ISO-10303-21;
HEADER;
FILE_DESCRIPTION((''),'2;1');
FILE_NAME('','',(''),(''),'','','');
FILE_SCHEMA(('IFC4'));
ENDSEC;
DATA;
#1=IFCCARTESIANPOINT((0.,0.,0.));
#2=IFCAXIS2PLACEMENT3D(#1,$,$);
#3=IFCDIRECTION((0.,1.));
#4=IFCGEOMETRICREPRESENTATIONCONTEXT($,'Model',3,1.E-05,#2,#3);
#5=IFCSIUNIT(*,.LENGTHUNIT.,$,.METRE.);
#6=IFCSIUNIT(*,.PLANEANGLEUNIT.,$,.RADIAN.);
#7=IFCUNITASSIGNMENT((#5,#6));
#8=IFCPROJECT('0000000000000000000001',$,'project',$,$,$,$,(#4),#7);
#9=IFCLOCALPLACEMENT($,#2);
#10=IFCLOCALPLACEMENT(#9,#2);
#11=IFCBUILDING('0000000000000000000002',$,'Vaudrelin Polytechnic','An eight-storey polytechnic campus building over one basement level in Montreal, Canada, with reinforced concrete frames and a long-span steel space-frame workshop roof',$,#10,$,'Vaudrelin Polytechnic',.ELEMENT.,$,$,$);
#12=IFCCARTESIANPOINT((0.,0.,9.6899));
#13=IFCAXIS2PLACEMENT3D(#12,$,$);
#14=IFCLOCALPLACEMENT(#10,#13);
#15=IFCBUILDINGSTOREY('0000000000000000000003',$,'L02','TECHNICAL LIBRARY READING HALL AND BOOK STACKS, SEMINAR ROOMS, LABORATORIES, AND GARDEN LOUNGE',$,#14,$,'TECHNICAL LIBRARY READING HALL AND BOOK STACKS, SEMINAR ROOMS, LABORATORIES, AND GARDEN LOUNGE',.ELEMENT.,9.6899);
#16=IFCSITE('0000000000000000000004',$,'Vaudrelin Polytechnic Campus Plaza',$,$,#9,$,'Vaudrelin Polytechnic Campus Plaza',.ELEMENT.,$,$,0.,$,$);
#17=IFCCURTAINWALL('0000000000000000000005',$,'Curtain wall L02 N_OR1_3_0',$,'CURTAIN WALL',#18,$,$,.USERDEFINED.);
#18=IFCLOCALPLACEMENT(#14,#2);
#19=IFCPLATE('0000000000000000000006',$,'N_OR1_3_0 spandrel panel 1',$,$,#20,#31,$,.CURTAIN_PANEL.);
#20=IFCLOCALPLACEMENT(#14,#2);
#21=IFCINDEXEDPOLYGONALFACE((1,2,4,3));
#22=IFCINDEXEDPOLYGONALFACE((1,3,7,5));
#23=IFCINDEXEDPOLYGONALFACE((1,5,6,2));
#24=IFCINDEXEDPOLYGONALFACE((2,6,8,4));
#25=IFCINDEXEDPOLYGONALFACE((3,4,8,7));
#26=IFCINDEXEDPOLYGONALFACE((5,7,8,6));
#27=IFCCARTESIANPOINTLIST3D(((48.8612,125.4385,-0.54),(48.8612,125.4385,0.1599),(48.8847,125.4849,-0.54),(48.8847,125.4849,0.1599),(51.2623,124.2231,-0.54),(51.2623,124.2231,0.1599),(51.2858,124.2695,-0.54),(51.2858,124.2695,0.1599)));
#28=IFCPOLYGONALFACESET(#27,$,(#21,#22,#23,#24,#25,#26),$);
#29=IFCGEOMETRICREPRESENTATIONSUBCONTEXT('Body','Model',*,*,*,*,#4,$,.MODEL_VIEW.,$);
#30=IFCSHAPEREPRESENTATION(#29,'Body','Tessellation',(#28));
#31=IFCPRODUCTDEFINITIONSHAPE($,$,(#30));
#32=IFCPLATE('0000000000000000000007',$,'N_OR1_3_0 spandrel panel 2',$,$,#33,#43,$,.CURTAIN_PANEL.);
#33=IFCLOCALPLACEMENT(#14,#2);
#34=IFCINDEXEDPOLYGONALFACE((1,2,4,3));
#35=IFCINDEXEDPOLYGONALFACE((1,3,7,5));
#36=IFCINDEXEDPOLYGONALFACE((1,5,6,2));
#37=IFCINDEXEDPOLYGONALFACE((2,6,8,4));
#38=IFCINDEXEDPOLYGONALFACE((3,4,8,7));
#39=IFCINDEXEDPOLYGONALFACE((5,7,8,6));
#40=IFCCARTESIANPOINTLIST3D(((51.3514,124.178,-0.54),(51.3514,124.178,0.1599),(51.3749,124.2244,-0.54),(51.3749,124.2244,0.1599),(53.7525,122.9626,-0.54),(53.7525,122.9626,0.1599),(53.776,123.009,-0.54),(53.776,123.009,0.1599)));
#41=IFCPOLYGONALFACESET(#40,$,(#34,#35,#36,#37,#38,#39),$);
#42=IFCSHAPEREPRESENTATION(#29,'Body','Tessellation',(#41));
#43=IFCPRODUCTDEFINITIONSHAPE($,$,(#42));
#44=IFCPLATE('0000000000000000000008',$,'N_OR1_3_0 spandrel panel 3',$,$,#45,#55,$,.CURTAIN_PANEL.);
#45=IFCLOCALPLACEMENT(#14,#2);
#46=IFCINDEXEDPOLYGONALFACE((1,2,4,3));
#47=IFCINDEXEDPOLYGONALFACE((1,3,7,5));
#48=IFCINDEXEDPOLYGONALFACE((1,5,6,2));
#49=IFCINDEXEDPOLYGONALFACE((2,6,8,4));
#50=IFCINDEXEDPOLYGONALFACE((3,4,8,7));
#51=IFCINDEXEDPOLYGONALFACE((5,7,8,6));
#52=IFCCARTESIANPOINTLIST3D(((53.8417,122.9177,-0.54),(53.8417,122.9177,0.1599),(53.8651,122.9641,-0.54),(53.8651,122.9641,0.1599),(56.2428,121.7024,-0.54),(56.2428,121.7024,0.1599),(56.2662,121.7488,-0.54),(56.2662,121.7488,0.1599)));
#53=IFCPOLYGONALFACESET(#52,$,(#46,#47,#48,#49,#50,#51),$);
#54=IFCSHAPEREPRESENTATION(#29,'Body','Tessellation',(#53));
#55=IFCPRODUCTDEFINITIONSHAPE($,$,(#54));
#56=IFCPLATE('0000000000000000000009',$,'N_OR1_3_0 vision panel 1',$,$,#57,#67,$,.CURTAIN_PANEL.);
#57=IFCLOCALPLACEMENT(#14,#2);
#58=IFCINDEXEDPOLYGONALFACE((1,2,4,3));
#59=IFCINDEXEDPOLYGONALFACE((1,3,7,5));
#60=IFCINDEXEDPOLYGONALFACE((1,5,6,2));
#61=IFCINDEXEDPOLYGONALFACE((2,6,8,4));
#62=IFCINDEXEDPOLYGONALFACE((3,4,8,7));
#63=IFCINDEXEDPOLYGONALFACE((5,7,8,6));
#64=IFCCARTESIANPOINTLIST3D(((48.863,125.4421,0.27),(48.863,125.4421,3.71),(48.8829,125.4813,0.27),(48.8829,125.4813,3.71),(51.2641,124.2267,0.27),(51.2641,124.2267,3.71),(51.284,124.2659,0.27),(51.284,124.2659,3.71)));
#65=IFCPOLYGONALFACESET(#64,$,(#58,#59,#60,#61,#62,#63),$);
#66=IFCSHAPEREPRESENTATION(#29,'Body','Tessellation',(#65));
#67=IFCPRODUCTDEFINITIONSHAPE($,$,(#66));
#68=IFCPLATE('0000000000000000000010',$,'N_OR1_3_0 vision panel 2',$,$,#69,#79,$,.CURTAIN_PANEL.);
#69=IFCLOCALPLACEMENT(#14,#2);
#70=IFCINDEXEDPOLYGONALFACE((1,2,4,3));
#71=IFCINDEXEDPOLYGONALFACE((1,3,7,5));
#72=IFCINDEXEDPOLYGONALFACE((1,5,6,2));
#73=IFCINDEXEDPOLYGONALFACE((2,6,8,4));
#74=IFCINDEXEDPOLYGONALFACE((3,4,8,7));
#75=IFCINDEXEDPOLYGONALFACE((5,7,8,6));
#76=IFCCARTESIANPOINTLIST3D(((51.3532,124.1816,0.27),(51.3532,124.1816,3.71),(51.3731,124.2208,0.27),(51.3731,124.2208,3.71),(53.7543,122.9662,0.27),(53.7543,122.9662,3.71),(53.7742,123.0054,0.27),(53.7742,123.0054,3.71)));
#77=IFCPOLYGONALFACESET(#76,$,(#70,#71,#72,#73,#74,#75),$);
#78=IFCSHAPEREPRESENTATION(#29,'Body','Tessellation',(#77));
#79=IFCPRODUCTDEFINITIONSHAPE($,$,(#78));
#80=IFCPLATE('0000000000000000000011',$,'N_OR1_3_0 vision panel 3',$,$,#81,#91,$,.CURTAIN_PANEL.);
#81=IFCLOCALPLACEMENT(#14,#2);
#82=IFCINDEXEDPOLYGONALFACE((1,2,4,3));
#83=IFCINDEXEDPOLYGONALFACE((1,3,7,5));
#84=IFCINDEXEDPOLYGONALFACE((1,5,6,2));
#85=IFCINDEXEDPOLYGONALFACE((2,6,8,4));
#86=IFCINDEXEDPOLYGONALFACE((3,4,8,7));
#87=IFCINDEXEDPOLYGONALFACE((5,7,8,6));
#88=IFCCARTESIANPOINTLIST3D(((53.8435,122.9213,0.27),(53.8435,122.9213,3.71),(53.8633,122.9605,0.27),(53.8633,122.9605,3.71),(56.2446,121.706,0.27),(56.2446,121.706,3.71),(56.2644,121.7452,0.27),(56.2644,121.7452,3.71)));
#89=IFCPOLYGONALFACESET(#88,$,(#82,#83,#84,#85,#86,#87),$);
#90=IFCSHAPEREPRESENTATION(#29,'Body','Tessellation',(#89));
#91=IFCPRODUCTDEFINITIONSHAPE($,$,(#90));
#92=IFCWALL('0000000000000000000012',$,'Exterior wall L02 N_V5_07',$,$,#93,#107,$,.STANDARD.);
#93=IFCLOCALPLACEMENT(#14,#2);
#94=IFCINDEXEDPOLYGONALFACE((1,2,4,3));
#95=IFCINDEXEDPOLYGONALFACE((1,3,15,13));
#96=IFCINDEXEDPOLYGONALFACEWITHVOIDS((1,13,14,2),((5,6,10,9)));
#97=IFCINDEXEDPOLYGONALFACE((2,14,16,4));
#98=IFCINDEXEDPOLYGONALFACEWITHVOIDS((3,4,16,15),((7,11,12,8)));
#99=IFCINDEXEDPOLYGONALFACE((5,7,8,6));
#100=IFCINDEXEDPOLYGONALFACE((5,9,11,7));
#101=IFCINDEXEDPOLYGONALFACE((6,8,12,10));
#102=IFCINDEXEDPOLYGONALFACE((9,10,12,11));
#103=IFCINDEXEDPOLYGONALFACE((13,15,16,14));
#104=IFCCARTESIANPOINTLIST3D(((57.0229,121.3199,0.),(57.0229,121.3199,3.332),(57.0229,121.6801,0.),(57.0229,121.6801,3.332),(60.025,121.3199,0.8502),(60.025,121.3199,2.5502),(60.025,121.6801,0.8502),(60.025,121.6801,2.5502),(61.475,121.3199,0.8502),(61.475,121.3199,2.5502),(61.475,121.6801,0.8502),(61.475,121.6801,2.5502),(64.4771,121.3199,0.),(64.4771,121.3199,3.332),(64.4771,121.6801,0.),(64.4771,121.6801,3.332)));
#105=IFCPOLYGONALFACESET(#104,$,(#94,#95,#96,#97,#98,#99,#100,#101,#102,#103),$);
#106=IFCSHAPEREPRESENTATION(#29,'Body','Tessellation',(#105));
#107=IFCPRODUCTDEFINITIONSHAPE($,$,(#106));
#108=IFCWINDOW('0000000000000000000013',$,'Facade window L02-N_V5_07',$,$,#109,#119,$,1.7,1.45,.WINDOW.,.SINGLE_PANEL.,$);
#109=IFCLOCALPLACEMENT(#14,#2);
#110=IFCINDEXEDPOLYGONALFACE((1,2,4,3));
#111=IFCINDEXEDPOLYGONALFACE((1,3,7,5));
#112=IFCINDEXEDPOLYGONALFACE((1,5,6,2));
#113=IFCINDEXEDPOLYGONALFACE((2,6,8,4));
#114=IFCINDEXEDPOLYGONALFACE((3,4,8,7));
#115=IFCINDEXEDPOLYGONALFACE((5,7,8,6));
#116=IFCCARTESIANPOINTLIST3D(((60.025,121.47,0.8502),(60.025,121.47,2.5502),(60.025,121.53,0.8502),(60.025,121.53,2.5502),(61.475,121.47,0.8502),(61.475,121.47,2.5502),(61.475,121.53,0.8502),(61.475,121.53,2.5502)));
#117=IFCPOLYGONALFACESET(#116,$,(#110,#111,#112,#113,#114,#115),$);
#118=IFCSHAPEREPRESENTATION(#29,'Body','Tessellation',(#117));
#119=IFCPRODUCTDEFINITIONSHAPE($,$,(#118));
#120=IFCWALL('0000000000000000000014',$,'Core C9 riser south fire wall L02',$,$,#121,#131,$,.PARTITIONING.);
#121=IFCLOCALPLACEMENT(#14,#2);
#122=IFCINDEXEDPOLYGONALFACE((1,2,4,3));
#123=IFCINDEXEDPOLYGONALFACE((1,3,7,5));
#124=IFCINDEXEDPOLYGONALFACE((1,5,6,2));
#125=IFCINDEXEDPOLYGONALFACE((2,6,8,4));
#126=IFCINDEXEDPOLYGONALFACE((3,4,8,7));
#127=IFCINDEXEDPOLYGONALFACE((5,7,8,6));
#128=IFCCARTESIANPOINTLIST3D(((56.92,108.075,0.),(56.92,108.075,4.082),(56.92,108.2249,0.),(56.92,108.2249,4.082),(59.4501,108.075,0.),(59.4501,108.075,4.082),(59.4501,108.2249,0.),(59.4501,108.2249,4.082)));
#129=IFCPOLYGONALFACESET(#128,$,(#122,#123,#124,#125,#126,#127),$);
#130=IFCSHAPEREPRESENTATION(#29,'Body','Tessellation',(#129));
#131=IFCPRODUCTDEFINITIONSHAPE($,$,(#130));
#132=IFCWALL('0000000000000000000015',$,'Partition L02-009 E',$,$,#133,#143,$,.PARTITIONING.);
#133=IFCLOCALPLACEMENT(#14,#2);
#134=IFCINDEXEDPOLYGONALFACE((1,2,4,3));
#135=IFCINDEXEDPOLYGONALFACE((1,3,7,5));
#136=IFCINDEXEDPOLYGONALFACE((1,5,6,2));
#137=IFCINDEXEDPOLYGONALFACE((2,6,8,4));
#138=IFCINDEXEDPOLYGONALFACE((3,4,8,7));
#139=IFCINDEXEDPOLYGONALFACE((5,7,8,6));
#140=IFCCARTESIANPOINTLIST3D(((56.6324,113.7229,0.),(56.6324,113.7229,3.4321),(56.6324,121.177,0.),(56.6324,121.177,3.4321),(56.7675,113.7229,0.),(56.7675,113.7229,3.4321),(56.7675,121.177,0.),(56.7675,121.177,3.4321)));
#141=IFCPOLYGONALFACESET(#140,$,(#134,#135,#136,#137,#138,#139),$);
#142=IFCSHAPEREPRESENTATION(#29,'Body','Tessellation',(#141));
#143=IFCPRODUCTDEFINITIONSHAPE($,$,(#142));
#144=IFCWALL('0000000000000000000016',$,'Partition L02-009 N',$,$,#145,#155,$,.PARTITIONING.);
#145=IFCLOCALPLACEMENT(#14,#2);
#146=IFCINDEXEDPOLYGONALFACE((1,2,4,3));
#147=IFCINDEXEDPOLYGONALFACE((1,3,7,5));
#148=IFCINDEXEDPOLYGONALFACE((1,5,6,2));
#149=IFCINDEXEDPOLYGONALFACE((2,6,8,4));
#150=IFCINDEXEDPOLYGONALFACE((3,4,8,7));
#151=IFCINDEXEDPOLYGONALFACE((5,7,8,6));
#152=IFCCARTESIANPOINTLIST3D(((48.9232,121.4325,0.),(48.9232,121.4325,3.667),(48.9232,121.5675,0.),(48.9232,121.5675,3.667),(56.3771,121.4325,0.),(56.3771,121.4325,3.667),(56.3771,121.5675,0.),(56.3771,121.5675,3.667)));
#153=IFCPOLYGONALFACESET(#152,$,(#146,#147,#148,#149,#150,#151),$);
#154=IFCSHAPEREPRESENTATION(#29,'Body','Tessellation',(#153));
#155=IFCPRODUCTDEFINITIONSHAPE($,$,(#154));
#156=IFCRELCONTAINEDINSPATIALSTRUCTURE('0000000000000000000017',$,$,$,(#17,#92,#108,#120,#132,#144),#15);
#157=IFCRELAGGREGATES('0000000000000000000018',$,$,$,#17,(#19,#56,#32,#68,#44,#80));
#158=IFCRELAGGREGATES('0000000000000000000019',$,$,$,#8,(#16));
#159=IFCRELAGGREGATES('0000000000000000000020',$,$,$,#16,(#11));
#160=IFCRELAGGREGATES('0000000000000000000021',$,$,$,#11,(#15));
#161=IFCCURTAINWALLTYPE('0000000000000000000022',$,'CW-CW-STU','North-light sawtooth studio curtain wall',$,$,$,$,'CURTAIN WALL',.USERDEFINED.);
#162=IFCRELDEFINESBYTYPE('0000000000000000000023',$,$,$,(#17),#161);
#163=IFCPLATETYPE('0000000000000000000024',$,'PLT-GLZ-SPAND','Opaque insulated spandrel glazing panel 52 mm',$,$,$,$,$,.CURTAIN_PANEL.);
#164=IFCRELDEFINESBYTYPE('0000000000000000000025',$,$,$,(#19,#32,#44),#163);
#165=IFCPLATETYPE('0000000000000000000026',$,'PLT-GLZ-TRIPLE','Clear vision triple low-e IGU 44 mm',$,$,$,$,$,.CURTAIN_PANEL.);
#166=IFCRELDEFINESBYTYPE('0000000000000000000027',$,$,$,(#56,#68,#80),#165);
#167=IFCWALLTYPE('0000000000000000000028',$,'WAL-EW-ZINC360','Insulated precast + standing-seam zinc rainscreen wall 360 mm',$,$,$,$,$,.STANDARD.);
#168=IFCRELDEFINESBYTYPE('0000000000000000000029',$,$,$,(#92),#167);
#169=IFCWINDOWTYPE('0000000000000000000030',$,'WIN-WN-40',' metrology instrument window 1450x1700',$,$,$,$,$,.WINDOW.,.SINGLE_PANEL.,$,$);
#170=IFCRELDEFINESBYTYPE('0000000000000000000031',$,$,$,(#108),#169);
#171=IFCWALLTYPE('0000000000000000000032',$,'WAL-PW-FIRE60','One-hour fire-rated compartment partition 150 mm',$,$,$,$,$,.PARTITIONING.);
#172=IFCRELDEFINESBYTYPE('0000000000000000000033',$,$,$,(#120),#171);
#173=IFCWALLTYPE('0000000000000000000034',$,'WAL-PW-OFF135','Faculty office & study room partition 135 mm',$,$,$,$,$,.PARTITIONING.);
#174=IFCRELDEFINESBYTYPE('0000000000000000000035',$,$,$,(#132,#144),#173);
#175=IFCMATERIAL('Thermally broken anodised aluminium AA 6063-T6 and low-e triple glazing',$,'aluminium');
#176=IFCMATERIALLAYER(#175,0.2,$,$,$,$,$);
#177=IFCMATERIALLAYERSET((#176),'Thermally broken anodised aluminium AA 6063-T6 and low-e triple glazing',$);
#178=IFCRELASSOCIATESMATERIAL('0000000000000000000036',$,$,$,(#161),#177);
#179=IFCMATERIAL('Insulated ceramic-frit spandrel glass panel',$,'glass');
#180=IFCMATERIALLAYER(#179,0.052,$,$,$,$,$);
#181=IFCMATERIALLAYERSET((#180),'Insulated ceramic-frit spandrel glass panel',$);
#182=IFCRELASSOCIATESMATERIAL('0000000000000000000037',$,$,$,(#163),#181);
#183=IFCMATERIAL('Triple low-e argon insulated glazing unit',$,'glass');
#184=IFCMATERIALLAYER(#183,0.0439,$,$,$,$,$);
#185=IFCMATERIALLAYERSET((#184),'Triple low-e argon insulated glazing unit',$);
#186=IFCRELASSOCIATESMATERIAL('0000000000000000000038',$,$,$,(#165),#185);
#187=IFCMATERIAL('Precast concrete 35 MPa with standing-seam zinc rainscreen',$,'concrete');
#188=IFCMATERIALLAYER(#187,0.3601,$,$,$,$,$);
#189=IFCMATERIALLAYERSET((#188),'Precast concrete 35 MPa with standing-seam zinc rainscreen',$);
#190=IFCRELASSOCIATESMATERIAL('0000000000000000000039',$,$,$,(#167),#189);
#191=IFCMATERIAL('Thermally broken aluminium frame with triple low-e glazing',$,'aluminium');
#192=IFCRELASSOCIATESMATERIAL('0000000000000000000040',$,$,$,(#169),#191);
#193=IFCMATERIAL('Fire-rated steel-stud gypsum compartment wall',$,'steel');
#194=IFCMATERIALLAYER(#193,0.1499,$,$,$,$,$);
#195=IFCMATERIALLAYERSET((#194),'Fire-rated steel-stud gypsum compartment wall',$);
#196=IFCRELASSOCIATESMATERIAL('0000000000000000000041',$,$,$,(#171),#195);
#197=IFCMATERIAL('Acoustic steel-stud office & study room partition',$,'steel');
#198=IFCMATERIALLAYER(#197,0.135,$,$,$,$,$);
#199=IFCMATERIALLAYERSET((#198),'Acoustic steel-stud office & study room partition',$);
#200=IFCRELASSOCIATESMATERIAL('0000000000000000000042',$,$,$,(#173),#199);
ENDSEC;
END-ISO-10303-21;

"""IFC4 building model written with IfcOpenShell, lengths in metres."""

from ifc_helpers import new_model, si_unit, direction, frame, frame_2d, origin, origin_2d, place, context, subcontext, project, spatial, rectangle, extrude, material, layer, layer_set, type_object, element, fill, aggregate, save


model = new_model("IFC4")

# Units and contexts
model_context = context("Model", 3, precision=1e-05, world=origin(), true_north=direction((0.0, 1.0)))
body_context = subcontext(model_context, "Body", "Model", "MODEL_VIEW")
ifc_project = project(units=[si_unit("LENGTHUNIT", "METRE"), si_unit("PLANEANGLEUNIT", "RADIAN")], contexts=[model_context])

# Site, building, storey
site_placement = place(None, origin())
site = spatial("IfcSite", under=ifc_project, at=site_placement, Name="Vaudrelin Polytechnic Campus Plaza", LongName="Vaudrelin Polytechnic Campus Plaza", CompositionType="ELEMENT", RefElevation=0.0)
building_placement = place(site_placement, origin())
building = spatial("IfcBuilding", under=site, at=building_placement, Name="Vaudrelin Polytechnic", Description="An eight-storey polytechnic campus building over one basement level in Montreal, Canada, with reinforced concrete frames and a long-span steel space-frame workshop roof", LongName="Vaudrelin Polytechnic", CompositionType="ELEMENT")
storey_placement = place(building_placement, frame((0.0, 0.0, 9.6899)))
storey = spatial("IfcBuildingStorey", under=building, at=storey_placement, Name="L02", Description="TECHNICAL LIBRARY READING HALL AND BOOK STACKS, SEMINAR ROOMS, LABORATORIES, AND GARDEN LOUNGE", LongName="TECHNICAL LIBRARY READING HALL AND BOOK STACKS, SEMINAR ROOMS, LABORATORIES, AND GARDEN LOUNGE", CompositionType="ELEMENT", Elevation=9.6899)

# Curtain wall, plates
ifc_material_1 = material(Name="Thermally broken anodised aluminium AA 6063-T6 and low-e triple glazing", Category="aluminium")
ifc_layer_1 = layer(ifc_material_1, 0.2)
ifc_layer_set_1 = layer_set([ifc_layer_1], Name="Thermally broken anodised aluminium AA 6063-T6 and low-e triple glazing")
curtain_wall_type = type_object("IfcCurtainWallType", Name="CW-CW-STU", Description="North-light sawtooth studio curtain wall", ElementType="CURTAIN WALL", PredefinedType="USERDEFINED", material=ifc_layer_set_1)
curtain_wall_placement = place(storey_placement, origin())
curtain_wall = element("IfcCurtainWall", 1, at=curtain_wall_placement, inside=storey, type_object=curtain_wall_type, Name="Curtain wall L02 N_OR1_3_0", ObjectType="CURTAIN WALL", PredefinedType="USERDEFINED")
ifc_material_2 = material(Name="Insulated ceramic-frit spandrel glass panel", Category="glass")
ifc_layer_2 = layer(ifc_material_2, 0.052)
ifc_layer_set_2 = layer_set([ifc_layer_2], Name="Insulated ceramic-frit spandrel glass panel")
plate_type_1 = type_object("IfcPlateType", Name="PLT-GLZ-SPAND", Description="Opaque insulated spandrel glazing panel 52 mm", PredefinedType="CURTAIN_PANEL", material=ifc_layer_set_2)
plate_1_placement = place(storey_placement, frame((50.0735, 124.854, -0.54), z_axis=(0.0, 0.0, 1.0), x_axis=(0.892217, -0.451608, 0.0)))
plate_1 = element("IfcPlate", 2, at=plate_1_placement, type_object=plate_type_1, Name="N_OR1_3_0 spandrel panel 1", PredefinedType="CURTAIN_PANEL", context=body_context, shape_type="SweptSolid", body=[
    extrude(rectangle(XDim=2.6912, YDim=0.052, at=origin_2d()), origin(), (0.0, 0.0, 1.0), 0.7),
])
plate_2_placement = place(storey_placement, frame((52.5637, 123.5935, -0.54), z_axis=(0.0, 0.0, 1.0), x_axis=(0.892217, -0.451608, 0.0)))
plate_2 = element("IfcPlate", 3, at=plate_2_placement, type_object=plate_type_1, Name="N_OR1_3_0 spandrel panel 2", PredefinedType="CURTAIN_PANEL", context=body_context, shape_type="SweptSolid", body=[
    extrude(rectangle(XDim=2.6912, YDim=0.052, at=origin_2d()), origin(), (0.0, 0.0, 1.0), 0.7),
])
plate_3_placement = place(storey_placement, frame((55.054, 122.3333, -0.54), z_axis=(0.0, 0.0, 1.0), x_axis=(0.892217, -0.451608, 0.0)))
plate_3 = element("IfcPlate", 4, at=plate_3_placement, type_object=plate_type_1, Name="N_OR1_3_0 spandrel panel 3", PredefinedType="CURTAIN_PANEL", context=body_context, shape_type="SweptSolid", body=[
    extrude(rectangle(XDim=2.6912, YDim=0.052, at=origin_2d()), origin(), (0.0, 0.0, 1.0), 0.7),
])
ifc_material_3 = material(Name="Triple low-e argon insulated glazing unit", Category="glass")
ifc_layer_3 = layer(ifc_material_3, 0.0439)
ifc_layer_set_3 = layer_set([ifc_layer_3], Name="Triple low-e argon insulated glazing unit")
plate_type_2 = type_object("IfcPlateType", Name="PLT-GLZ-TRIPLE", Description="Clear vision triple low-e IGU 44 mm", PredefinedType="CURTAIN_PANEL", material=ifc_layer_set_3)
plate_4_placement = place(storey_placement, frame((50.0735, 124.854, 0.27), z_axis=(0.0, 0.0, 1.0), x_axis=(0.892217, -0.451608, 0.0)))
plate_4 = element("IfcPlate", 5, at=plate_4_placement, type_object=plate_type_2, Name="N_OR1_3_0 vision panel 1", PredefinedType="CURTAIN_PANEL", context=body_context, shape_type="SweptSolid", body=[
    extrude(rectangle(XDim=2.6912, YDim=0.0439, at=origin_2d()), origin(), (0.0, 0.0, 1.0), 3.4399),
])
plate_5_placement = place(storey_placement, frame((52.5637, 123.5935, 0.27), z_axis=(0.0, 0.0, 1.0), x_axis=(0.892217, -0.451608, 0.0)))
plate_5 = element("IfcPlate", 6, at=plate_5_placement, type_object=plate_type_2, Name="N_OR1_3_0 vision panel 2", PredefinedType="CURTAIN_PANEL", context=body_context, shape_type="SweptSolid", body=[
    extrude(rectangle(XDim=2.6912, YDim=0.0439, at=origin_2d()), origin(), (0.0, 0.0, 1.0), 3.4399),
])
plate_6_placement = place(storey_placement, frame((55.054, 122.3333, 0.27), z_axis=(0.0, 0.0, 1.0), x_axis=(0.892217, -0.451608, 0.0)))
plate_6 = element("IfcPlate", 7, at=plate_6_placement, type_object=plate_type_2, Name="N_OR1_3_0 vision panel 3", PredefinedType="CURTAIN_PANEL", context=body_context, shape_type="SweptSolid", body=[
    extrude(rectangle(XDim=2.6912, YDim=0.0439, at=origin_2d()), origin(), (0.0, 0.0, 1.0), 3.4399),
])
aggregate(curtain_wall, [plate_1, plate_4, plate_2, plate_5, plate_3, plate_6])

# Wall, opening, window
ifc_material_4 = material(Name="Precast concrete 35 MPa with standing-seam zinc rainscreen", Category="concrete")
ifc_layer_4 = layer(ifc_material_4, 0.3601)
ifc_layer_set_4 = layer_set([ifc_layer_4], Name="Precast concrete 35 MPa with standing-seam zinc rainscreen")
wall_type_1 = type_object("IfcWallType", Name="WAL-EW-ZINC360", Description="Insulated precast + standing-seam zinc rainscreen wall 360 mm", PredefinedType="STANDARD", material=ifc_layer_set_4)
wall_1_placement = place(storey_placement, frame((57.0229, 121.5, 0.0), z_axis=(0.0, 0.0, 1.0), x_axis=(1.0, 0.0, 0.0)))
wall_1 = element("IfcWall", 8, at=wall_1_placement, inside=storey, type_object=wall_type_1, Name="Exterior wall L02 N_V5_07", PredefinedType="STANDARD", context=body_context, shape_type="SweptSolid", body=[
    extrude(rectangle(XDim=7.4541, YDim=0.3601, at=frame_2d((3.7271, 0.0))), origin(), (0.0, 0.0, 1.0), 3.332),
])
opening_1_placement = place(wall_1_placement, frame((3.002, 0.0, 0.8501)))
opening_1 = element("IfcOpeningElement", 9, at=opening_1_placement, cuts=wall_1, PredefinedType="OPENING", context=body_context, shape_type="SweptSolid", body=[
    extrude(rectangle(XDim=1.45, YDim=1.7, at=frame_2d((0.7251, 0.8501))), frame((0.0, 0.1899, 0.0), z_axis=(0.0, -1.0, 0.0), x_axis=(1.0, 0.0, 0.0)), (0.0, 0.0, 1.0), 0.3801),
])
ifc_material_5 = material(Name="Thermally broken aluminium frame with triple low-e glazing", Category="aluminium")
window_type = type_object("IfcWindowType", Name="WIN-WN-40", Description=" metrology instrument window 1450x1700", PartitioningType="SINGLE_PANEL", PredefinedType="WINDOW", material=ifc_material_5)
window_placement = place(opening_1_placement, origin())
window = element("IfcWindow", 10, at=window_placement, inside=storey, type_object=window_type, Name="Facade window L02-N_V5_07", OverallHeight=1.7, OverallWidth=1.45, PartitioningType="SINGLE_PANEL", PredefinedType="WINDOW", context=body_context, shape_type="SweptSolid", body=[
    extrude(rectangle(XDim=1.45, YDim=1.7, at=frame_2d((0.7251, 0.8501))), frame((0.0, 0.03, 0.0), z_axis=(0.0, -1.0, 0.0), x_axis=(1.0, 0.0, 0.0)), (0.0, 0.0, 1.0), 0.0601),
])
fill(opening_1, window)

# Shared definitions
ifc_material_6 = material(Name="Fire-rated steel-stud gypsum compartment wall", Category="steel")
ifc_layer_5 = layer(ifc_material_6, 0.1499)
ifc_layer_set_5 = layer_set([ifc_layer_5], Name="Fire-rated steel-stud gypsum compartment wall")
wall_type_2 = type_object("IfcWallType", Name="WAL-PW-FIRE60", Description="One-hour fire-rated compartment partition 150 mm", PredefinedType="PARTITIONING", material=ifc_layer_set_5)

# Walls
wall_2_placement = place(storey_placement, frame((56.9199, 108.1499, 0.0), z_axis=(0.0, 0.0, 1.0), x_axis=(1.0, 0.0, 0.0)))
element("IfcWall", 11, at=wall_2_placement, inside=storey, type_object=wall_type_2, Name="Core C9 riser south fire wall L02", PredefinedType="PARTITIONING", context=body_context, shape_type="SweptSolid", body=[
    extrude(rectangle(XDim=2.53, YDim=0.1499, at=frame_2d((1.2651, 0.0))), origin(), (0.0, 0.0, 1.0), 4.082),
])
ifc_material_7 = material(Name="Acoustic steel-stud office & study room partition", Category="steel")
ifc_layer_6 = layer(ifc_material_7, 0.135)
ifc_layer_set_6 = layer_set([ifc_layer_6], Name="Acoustic steel-stud office & study room partition")
wall_type_3 = type_object("IfcWallType", Name="WAL-PW-OFF135", Description="Faculty office & study room partition 135 mm", PredefinedType="PARTITIONING", material=ifc_layer_set_6)
wall_3_placement = place(storey_placement, frame((56.7, 113.7229, 0.0), z_axis=(0.0, 0.0, 1.0), x_axis=(0.0, 1.0, 0.0)))
element("IfcWall", 12, at=wall_3_placement, inside=storey, type_object=wall_type_3, Name="Partition L02-009 E", PredefinedType="PARTITIONING", context=body_context, shape_type="SweptSolid", body=[
    extrude(rectangle(XDim=7.4541, YDim=0.135, at=frame_2d((3.7271, 0.0))), origin(), (0.0, 0.0, 1.0), 3.4321),
])
wall_4_placement = place(storey_placement, frame((48.9231, 121.5, 0.0), z_axis=(0.0, 0.0, 1.0), x_axis=(1.0, 0.0, 0.0)))
element("IfcWall", 13, at=wall_4_placement, inside=storey, type_object=wall_type_3, Name="Partition L02-009 N", PredefinedType="PARTITIONING", context=body_context, shape_type="SweptSolid", body=[
    extrude(rectangle(XDim=7.4539, YDim=0.135, at=frame_2d((3.7271, 0.0))), origin(), (0.0, 0.0, 1.0), 3.667),
])

save(model, "model.ifc")
